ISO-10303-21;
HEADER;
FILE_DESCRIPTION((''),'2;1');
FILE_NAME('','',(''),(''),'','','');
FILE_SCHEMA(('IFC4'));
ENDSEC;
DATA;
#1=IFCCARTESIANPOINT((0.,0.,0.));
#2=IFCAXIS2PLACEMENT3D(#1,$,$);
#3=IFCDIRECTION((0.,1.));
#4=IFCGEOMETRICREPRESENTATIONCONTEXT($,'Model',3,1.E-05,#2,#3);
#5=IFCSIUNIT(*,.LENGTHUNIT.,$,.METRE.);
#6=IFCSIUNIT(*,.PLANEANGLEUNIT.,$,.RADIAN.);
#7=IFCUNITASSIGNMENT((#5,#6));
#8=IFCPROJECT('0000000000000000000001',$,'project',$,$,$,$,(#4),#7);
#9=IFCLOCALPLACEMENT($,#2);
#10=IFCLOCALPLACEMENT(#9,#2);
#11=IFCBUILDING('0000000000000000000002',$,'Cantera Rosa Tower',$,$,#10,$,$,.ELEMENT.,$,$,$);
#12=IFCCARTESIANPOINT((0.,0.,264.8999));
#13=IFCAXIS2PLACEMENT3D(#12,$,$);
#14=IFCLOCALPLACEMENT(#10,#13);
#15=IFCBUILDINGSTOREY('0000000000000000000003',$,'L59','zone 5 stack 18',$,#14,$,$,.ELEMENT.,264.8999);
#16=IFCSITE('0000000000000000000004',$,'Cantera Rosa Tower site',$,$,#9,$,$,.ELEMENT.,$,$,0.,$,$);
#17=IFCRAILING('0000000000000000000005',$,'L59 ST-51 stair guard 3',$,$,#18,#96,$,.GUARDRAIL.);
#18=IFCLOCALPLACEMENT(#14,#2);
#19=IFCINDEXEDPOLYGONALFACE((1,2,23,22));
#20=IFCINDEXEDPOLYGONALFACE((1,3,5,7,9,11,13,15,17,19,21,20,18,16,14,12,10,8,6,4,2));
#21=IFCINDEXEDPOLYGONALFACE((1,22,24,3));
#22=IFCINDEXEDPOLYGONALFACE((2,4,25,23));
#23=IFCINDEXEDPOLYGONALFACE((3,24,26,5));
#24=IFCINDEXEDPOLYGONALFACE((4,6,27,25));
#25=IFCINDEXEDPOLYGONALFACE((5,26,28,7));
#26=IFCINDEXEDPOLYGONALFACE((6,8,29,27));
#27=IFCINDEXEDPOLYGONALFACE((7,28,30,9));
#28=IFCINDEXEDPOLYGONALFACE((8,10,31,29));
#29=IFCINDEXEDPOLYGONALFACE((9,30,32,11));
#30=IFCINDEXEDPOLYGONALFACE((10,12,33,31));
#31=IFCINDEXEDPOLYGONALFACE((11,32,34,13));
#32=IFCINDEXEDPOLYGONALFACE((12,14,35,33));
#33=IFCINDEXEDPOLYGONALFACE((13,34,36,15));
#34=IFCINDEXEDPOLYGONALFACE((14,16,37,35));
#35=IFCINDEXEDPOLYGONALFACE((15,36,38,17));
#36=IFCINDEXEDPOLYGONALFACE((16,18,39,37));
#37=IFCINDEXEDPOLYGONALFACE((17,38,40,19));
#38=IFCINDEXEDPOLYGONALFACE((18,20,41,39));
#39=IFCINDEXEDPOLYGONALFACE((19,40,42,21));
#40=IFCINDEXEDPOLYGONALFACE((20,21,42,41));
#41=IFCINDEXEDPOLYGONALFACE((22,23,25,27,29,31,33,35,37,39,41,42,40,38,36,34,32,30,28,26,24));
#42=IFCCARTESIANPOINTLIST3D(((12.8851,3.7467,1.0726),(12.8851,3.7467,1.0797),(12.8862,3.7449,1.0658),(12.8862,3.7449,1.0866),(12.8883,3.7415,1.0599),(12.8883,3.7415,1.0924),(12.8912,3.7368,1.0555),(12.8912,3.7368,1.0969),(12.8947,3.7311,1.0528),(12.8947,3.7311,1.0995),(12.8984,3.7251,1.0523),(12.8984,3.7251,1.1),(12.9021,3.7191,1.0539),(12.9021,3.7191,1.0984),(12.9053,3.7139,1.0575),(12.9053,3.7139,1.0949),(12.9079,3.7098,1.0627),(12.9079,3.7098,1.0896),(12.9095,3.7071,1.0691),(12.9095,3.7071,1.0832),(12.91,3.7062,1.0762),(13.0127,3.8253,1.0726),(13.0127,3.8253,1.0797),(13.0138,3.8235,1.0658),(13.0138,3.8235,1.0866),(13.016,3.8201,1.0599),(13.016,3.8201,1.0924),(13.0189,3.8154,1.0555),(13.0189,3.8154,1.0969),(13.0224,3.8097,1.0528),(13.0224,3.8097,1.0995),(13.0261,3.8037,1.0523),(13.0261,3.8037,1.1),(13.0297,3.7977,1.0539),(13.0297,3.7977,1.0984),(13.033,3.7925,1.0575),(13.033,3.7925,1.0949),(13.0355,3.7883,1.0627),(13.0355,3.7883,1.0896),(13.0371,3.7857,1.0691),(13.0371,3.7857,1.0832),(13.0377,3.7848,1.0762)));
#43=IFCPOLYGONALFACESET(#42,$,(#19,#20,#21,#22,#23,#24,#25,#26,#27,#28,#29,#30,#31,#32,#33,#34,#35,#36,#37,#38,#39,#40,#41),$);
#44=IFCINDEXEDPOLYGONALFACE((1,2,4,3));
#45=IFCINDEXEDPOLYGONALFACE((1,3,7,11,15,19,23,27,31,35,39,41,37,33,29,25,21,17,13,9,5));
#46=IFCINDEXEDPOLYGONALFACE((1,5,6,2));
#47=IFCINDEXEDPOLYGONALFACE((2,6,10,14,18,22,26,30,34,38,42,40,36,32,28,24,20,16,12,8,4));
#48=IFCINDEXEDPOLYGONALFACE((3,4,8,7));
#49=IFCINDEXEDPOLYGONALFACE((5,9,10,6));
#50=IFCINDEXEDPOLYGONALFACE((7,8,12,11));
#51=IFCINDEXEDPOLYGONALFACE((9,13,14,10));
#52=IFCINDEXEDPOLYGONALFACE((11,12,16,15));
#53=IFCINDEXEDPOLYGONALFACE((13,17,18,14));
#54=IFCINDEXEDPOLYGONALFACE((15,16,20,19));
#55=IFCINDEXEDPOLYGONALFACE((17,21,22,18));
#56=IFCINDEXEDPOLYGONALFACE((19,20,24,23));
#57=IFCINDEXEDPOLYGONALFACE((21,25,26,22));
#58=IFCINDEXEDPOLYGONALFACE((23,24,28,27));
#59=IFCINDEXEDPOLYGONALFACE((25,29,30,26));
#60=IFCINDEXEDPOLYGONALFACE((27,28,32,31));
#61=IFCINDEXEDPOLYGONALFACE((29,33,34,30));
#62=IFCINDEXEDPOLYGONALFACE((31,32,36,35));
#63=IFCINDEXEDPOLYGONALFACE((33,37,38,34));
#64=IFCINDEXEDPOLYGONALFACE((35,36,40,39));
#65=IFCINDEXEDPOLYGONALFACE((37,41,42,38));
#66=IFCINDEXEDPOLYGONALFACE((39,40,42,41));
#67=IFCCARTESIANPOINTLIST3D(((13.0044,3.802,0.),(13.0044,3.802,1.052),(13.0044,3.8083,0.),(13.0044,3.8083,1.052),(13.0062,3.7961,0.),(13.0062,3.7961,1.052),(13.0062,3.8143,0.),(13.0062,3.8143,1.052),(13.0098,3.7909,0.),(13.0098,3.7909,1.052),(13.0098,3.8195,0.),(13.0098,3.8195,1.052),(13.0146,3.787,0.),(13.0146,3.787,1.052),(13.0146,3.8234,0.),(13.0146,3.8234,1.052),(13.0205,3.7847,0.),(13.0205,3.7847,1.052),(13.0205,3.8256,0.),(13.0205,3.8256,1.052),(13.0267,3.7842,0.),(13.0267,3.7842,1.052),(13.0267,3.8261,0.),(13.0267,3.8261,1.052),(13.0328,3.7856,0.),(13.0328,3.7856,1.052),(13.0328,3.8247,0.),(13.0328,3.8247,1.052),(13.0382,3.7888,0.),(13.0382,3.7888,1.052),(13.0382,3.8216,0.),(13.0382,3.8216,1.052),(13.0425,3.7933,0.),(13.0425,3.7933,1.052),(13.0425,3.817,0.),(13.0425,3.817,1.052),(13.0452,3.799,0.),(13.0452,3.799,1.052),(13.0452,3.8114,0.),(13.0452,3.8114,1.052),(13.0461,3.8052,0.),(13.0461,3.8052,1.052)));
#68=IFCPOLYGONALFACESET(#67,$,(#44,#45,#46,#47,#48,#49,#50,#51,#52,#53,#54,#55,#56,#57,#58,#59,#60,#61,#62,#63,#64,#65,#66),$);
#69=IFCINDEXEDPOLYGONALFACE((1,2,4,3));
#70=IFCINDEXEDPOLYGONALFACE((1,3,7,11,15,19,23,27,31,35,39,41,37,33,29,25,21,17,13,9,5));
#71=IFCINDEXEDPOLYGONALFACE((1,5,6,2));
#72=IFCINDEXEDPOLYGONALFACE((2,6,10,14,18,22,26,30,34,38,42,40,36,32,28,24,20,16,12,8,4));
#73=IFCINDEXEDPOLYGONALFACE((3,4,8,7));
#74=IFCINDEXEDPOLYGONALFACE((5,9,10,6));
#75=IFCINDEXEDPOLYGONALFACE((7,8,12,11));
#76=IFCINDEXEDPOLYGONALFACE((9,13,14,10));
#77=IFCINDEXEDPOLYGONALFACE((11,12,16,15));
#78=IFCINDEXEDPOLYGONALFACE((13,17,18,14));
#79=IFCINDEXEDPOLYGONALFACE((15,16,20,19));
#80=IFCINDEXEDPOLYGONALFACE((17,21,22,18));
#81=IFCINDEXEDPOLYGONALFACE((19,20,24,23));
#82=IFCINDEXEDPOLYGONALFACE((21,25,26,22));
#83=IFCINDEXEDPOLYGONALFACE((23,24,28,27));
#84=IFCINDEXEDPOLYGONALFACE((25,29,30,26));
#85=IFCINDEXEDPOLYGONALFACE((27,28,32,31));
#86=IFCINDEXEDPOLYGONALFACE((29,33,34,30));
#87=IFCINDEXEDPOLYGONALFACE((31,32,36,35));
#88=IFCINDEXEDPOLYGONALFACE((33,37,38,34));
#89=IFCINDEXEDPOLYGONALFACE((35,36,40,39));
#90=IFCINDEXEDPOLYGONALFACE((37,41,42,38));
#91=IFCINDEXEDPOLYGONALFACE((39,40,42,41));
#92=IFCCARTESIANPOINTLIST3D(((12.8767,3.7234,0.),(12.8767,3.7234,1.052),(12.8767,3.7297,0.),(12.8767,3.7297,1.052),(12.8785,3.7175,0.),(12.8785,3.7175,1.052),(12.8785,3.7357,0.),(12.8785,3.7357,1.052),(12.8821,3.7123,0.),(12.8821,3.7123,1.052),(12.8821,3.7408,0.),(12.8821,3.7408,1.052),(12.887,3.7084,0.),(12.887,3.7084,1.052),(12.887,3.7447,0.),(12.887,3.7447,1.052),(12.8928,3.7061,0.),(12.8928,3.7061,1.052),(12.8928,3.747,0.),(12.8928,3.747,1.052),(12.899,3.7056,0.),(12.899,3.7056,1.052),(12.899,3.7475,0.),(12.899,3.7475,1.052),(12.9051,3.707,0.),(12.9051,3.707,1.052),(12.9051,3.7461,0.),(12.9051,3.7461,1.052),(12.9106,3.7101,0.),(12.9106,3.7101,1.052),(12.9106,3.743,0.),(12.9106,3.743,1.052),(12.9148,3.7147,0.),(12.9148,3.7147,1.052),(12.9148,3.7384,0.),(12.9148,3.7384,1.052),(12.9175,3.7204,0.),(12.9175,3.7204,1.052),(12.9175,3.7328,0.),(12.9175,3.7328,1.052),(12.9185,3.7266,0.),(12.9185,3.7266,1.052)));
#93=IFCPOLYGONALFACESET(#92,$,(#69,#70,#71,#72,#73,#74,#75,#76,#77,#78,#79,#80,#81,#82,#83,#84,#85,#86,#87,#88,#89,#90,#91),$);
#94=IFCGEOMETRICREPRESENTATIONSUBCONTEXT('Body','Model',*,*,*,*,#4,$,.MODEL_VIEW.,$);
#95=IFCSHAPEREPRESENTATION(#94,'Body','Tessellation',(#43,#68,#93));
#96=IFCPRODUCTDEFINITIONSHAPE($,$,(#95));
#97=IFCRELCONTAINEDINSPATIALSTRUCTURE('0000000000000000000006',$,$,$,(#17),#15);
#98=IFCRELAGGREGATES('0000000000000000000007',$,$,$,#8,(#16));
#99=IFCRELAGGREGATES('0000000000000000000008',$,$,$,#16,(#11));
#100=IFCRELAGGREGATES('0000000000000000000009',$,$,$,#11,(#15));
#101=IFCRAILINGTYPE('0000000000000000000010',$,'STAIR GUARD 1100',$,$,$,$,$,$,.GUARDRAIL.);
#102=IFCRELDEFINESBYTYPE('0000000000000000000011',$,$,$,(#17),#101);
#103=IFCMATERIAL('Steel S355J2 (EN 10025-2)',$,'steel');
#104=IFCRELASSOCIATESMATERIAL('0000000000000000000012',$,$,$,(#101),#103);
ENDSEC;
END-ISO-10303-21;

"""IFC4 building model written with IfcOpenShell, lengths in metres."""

from ifc_helpers import new_model, si_unit, direction, frame, origin, origin_2d, place, context, subcontext, project, spatial, circle, extrude, material, type_object, element, save


model = new_model("IFC4")

# Units and contexts
model_context = context("Model", 3, precision=1e-05, world=origin(), true_north=direction((0.0, 1.0)))
body_context = subcontext(model_context, "Body", "Model", "MODEL_VIEW")
ifc_project = project(units=[si_unit("LENGTHUNIT", "METRE"), si_unit("PLANEANGLEUNIT", "RADIAN")], contexts=[model_context])

# Site, building, storey
site_placement = place(None, origin())
site = spatial("IfcSite", under=ifc_project, at=site_placement, Name="Cantera Rosa Tower site", CompositionType="ELEMENT", RefElevation=0.0)
building_placement = place(site_placement, origin())
building = spatial("IfcBuilding", under=site, at=building_placement, Name="Cantera Rosa Tower", CompositionType="ELEMENT")
storey_placement = place(building_placement, frame((0.0, 0.0, 264.8999)))
storey = spatial("IfcBuildingStorey", under=building, at=storey_placement, Name="L59", Description="zone 5 stack 18", CompositionType="ELEMENT", Elevation=264.8999)

# Railing
ifc_material_1 = material(Name="Steel S355J2 (EN 10025-2)", Category="steel")
railing_type_1 = type_object("IfcRailingType", Name="STAIR GUARD 1100", PredefinedType="GUARDRAIL", material=ifc_material_1)
railing_1_placement = place(storey_placement, frame((13.0251, 3.8052, 0.0)))
element("IfcRailing", 1, at=railing_1_placement, inside=storey, type_object=railing_type_1, Name="L59 ST-51 stair guard 3", PredefinedType="GUARDRAIL", context=body_context, shape_type="SweptSolid", body=[
    extrude(circle(Radius=0.0239, at=origin_2d()), frame((0.0, 0.0, 1.0762), z_axis=(-0.851546, -0.524279, 0.0), x_axis=(0.524279, -0.851546, 0.0)), (0.0, 0.0, 1.0), 0.1499),
    extrude(circle(Radius=0.021, at=origin_2d()), origin(), (0.0, 0.0, 1.0), 1.052),
    extrude(circle(Radius=0.021, at=origin_2d()), frame((-0.1277, -0.0786, 0.0)), (0.0, 0.0, 1.0), 1.052),
])

save(model, "model.ifc")
